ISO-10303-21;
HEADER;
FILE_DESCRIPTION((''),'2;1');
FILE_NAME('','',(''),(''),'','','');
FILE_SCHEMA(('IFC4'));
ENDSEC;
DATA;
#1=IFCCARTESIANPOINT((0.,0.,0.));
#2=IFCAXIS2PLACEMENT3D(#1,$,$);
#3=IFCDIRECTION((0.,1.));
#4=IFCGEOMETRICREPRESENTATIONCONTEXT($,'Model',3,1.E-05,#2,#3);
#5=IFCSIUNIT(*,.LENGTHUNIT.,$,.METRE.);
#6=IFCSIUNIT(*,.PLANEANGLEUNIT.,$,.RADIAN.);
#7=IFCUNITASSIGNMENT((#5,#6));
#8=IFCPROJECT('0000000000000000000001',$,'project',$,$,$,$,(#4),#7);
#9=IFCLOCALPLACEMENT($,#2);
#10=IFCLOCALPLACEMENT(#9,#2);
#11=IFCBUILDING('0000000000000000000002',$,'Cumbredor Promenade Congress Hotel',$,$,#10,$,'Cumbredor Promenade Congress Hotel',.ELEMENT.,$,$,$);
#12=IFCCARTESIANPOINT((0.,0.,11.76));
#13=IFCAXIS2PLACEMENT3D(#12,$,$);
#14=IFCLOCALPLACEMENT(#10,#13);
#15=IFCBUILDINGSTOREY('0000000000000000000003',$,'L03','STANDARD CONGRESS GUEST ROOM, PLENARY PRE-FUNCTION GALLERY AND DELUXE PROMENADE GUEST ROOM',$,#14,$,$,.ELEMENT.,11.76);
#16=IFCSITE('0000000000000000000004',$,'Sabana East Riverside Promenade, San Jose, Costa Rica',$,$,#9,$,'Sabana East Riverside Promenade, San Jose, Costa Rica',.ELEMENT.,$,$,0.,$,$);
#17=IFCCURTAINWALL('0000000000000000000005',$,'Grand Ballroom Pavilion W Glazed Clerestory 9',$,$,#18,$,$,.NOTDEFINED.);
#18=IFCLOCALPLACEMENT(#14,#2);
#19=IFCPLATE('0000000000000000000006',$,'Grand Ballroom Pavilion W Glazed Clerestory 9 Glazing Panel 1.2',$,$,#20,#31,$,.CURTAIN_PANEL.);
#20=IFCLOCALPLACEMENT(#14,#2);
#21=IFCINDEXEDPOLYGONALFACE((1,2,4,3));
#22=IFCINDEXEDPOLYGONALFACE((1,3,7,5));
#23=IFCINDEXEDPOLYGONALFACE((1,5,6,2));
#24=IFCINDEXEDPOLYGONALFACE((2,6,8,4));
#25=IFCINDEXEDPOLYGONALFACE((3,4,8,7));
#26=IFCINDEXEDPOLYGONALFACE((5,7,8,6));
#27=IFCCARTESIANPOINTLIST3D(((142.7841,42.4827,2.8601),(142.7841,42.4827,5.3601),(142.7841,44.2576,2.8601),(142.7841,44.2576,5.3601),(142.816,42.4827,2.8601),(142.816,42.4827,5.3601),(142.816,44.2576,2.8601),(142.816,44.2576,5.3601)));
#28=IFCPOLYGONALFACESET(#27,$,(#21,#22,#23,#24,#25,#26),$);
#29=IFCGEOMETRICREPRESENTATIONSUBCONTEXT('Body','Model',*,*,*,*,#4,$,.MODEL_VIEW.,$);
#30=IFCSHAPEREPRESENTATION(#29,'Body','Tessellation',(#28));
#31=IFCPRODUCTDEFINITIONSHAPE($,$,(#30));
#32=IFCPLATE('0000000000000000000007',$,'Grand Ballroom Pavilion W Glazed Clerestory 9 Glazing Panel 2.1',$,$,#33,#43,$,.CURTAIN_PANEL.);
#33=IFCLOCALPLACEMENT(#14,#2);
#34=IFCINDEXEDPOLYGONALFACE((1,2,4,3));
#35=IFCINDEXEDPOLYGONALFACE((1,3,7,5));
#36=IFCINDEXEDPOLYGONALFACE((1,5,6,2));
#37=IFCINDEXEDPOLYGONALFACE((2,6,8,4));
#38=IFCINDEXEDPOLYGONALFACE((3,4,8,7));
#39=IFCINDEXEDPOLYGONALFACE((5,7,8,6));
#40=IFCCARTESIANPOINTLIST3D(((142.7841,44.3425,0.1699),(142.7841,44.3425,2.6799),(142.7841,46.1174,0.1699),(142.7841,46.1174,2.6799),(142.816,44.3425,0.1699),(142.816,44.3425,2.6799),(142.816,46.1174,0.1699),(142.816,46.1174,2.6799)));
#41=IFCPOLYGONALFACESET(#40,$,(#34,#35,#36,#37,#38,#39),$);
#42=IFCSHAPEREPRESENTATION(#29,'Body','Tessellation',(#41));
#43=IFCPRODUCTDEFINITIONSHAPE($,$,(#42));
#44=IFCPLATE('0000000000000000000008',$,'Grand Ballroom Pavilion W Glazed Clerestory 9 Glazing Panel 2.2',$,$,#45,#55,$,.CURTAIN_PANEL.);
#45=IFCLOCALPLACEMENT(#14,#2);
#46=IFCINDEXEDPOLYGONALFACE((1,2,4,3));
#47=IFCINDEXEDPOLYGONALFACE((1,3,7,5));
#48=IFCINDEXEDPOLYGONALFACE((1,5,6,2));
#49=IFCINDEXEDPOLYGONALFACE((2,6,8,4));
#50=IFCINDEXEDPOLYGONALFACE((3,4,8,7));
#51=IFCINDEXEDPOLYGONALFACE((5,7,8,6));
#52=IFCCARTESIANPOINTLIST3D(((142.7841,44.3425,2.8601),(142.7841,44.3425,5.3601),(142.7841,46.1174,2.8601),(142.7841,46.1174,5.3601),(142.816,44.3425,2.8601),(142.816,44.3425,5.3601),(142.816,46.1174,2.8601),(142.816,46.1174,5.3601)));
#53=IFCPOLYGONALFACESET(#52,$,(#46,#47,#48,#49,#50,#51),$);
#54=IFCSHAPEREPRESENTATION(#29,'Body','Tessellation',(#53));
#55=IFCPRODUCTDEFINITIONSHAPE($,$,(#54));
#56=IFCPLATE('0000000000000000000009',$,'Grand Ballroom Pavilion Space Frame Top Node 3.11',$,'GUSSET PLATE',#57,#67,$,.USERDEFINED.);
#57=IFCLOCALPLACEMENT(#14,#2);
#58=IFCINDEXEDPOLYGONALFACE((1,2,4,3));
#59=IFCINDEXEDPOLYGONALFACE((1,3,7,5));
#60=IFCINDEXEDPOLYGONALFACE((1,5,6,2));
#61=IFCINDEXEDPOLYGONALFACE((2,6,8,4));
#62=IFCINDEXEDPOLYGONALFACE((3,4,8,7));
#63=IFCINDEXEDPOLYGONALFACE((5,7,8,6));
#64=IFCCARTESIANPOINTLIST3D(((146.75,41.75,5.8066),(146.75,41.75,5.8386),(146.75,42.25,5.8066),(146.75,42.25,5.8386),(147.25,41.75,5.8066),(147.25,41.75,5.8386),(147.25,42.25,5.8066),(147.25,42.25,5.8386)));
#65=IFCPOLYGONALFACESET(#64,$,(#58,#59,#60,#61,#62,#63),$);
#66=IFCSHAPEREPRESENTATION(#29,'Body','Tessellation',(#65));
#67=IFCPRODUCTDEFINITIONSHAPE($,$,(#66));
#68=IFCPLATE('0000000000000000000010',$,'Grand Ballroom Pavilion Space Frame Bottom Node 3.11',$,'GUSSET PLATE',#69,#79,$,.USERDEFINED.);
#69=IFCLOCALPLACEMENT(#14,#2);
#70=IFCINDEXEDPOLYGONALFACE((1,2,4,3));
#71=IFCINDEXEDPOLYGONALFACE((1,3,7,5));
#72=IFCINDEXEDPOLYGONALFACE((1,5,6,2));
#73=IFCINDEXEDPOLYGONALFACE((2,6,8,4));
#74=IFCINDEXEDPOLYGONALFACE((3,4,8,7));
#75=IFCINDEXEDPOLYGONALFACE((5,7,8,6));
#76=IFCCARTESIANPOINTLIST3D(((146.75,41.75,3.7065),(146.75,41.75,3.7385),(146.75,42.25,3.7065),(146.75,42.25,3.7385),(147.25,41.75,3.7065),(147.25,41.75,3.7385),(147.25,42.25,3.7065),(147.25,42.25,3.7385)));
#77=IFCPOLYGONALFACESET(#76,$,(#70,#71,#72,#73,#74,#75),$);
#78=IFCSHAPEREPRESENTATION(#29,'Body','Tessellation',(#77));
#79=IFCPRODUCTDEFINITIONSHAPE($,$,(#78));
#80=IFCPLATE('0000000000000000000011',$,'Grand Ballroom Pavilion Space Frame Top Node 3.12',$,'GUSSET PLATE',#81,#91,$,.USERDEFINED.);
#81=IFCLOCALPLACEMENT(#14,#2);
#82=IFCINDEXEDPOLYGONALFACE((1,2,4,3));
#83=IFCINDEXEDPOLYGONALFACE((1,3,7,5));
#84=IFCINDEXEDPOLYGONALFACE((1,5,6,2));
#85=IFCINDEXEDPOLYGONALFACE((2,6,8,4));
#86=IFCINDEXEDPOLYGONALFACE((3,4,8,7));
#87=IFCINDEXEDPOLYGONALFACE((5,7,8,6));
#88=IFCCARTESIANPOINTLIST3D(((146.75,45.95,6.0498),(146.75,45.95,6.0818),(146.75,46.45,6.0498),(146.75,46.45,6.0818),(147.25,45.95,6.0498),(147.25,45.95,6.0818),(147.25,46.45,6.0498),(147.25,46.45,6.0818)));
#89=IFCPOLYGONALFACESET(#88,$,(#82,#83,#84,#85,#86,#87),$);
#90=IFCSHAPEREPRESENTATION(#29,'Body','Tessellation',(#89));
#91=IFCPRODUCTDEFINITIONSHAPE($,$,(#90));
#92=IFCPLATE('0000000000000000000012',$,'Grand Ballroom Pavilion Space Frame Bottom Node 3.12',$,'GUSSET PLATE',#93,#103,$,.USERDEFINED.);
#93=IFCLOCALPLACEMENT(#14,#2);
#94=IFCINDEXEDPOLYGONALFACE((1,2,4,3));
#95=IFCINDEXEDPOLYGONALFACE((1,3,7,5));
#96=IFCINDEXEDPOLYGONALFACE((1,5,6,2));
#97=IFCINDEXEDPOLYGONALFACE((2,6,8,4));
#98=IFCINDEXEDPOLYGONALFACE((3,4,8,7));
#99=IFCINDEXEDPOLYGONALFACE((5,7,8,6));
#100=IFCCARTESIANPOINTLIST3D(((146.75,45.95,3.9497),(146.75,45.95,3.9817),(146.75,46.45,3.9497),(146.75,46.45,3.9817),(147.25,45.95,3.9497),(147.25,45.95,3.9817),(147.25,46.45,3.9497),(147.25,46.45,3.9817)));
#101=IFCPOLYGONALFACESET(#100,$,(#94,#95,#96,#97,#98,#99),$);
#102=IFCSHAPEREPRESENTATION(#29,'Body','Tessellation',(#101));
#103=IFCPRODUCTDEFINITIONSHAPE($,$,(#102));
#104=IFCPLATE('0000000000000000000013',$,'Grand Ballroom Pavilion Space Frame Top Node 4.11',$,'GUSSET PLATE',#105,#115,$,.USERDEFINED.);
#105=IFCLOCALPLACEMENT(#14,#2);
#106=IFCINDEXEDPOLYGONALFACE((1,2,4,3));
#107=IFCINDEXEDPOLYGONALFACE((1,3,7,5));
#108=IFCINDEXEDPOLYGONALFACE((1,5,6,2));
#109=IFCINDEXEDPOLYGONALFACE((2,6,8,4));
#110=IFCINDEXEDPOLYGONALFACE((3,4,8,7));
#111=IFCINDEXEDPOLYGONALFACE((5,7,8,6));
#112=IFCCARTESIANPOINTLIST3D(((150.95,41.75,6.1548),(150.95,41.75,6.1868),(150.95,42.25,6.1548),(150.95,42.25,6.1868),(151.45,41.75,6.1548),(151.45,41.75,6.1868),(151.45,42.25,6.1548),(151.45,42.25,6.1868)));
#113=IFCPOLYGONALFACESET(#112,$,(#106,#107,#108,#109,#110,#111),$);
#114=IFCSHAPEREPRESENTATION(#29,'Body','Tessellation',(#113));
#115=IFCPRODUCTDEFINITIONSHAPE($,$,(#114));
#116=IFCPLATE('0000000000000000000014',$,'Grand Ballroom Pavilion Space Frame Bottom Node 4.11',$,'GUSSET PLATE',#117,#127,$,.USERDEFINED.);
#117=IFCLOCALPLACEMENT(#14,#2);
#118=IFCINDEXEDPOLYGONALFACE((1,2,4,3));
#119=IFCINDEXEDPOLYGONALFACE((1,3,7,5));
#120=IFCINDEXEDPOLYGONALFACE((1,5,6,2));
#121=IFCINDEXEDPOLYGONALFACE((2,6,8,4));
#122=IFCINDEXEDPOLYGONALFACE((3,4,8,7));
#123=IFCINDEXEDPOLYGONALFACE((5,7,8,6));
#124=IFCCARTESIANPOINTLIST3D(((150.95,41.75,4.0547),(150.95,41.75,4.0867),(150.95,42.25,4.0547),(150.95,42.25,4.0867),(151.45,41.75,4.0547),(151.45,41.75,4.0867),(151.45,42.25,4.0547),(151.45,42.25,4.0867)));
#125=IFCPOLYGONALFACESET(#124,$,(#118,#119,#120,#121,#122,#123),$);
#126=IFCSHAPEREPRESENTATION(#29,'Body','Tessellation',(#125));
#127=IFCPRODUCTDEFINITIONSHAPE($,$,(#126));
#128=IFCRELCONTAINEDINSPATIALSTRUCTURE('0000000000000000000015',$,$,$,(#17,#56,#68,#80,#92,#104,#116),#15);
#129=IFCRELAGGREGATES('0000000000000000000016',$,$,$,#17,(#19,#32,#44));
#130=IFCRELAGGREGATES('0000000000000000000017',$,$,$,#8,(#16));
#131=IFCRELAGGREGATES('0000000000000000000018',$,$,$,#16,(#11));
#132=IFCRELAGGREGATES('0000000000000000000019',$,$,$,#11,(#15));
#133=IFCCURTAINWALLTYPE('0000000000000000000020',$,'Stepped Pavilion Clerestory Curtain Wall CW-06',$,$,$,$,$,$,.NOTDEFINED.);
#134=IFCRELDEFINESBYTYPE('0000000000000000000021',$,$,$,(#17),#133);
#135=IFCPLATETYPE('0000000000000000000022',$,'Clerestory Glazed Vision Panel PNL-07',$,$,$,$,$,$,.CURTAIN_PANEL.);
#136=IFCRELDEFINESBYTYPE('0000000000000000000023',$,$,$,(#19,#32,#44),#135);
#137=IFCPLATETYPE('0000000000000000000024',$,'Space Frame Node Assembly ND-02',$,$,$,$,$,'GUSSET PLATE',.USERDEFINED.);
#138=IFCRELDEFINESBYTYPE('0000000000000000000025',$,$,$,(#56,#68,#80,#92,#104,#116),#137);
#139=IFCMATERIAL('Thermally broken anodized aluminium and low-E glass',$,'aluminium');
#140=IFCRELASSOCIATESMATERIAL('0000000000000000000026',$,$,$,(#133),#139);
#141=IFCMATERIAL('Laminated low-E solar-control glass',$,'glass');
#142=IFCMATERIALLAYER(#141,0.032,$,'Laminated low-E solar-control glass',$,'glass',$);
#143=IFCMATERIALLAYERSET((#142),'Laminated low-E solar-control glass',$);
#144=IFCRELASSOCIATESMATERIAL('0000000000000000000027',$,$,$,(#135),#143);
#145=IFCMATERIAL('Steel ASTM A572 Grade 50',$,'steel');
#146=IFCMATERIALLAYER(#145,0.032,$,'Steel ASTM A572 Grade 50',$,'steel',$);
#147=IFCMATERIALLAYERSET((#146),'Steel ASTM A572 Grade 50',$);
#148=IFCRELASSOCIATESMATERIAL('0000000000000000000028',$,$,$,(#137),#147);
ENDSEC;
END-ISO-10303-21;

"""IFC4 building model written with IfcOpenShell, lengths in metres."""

from ifc_helpers import new_model, si_unit, direction, frame, origin, origin_2d, place, context, subcontext, project, spatial, rectangle, extrude, material, layer, layer_set, type_object, element, aggregate, save


model = new_model("IFC4")

# Units and contexts
model_context = context("Model", 3, precision=1e-05, world=origin(), true_north=direction((0.0, 1.0)))
body_context = subcontext(model_context, "Body", "Model", "MODEL_VIEW")
ifc_project = project(units=[si_unit("LENGTHUNIT", "METRE"), si_unit("PLANEANGLEUNIT", "RADIAN")], contexts=[model_context])

# Site, building, storey
site_placement = place(None, origin())
site = spatial("IfcSite", under=ifc_project, at=site_placement, Name="Sabana East Riverside Promenade, San Jose, Costa Rica", LongName="Sabana East Riverside Promenade, San Jose, Costa Rica", CompositionType="ELEMENT", RefElevation=0.0)
building_placement = place(site_placement, origin())
building = spatial("IfcBuilding", under=site, at=building_placement, Name="Cumbredor Promenade Congress Hotel", LongName="Cumbredor Promenade Congress Hotel", CompositionType="ELEMENT")
storey_placement = place(building_placement, frame((0.0, 0.0, 11.76)))
storey = spatial("IfcBuildingStorey", under=building, at=storey_placement, Name="L03", Description="STANDARD CONGRESS GUEST ROOM, PLENARY PRE-FUNCTION GALLERY AND DELUXE PROMENADE GUEST ROOM", CompositionType="ELEMENT", Elevation=11.76)

# Shared definitions
ifc_material_1 = material(Name="Thermally broken anodized aluminium and low-E glass", Category="aluminium")
curtain_wall_type = type_object("IfcCurtainWallType", Name="Stepped Pavilion Clerestory Curtain Wall CW-06", PredefinedType="NOTDEFINED", material=ifc_material_1)

# Curtain wall
curtain_wall_1_placement = place(storey_placement, origin())
curtain_wall_1 = element("IfcCurtainWall", 1, at=curtain_wall_1_placement, inside=storey, type_object=curtain_wall_type, Name="Grand Ballroom Pavilion W Glazed Clerestory 9", PredefinedType="NOTDEFINED")

# Plates
ifc_material_2 = material(Name="Laminated low-E solar-control glass", Category="glass")
ifc_layer_1 = layer(ifc_material_2, 0.032, Name="Laminated low-E solar-control glass", Category="glass")
ifc_layer_set_1 = layer_set([ifc_layer_1], Name="Laminated low-E solar-control glass")
plate_type_1 = type_object("IfcPlateType", Name="Clerestory Glazed Vision Panel PNL-07", PredefinedType="CURTAIN_PANEL", material=ifc_layer_set_1)
plate_1_placement = place(storey_placement, frame((142.8, 43.3701, 2.8601), z_axis=(0.0, 0.0, 1.0), x_axis=(0.0, 1.0, 0.0)))
plate_1 = element("IfcPlate", 2, at=plate_1_placement, type_object=plate_type_1, Name="Grand Ballroom Pavilion W Glazed Clerestory 9 Glazing Panel 1.2", PredefinedType="CURTAIN_PANEL", context=body_context, shape_type="SweptSolid", body=[
    extrude(rectangle(XDim=1.7749, YDim=0.032, at=origin_2d()), origin(), (0.0, 0.0, 1.0), 2.5),
])
plate_2_placement = place(storey_placement, frame((142.8, 45.23, 0.1699), z_axis=(0.0, 0.0, 1.0), x_axis=(0.0, 1.0, 0.0)))
plate_2 = element("IfcPlate", 3, at=plate_2_placement, type_object=plate_type_1, Name="Grand Ballroom Pavilion W Glazed Clerestory 9 Glazing Panel 2.1", PredefinedType="CURTAIN_PANEL", context=body_context, shape_type="SweptSolid", body=[
    extrude(rectangle(XDim=1.7749, YDim=0.032, at=origin_2d()), origin(), (0.0, 0.0, 1.0), 2.51),
])
plate_3_placement = place(storey_placement, frame((142.8, 45.23, 2.8601), z_axis=(0.0, 0.0, 1.0), x_axis=(0.0, 1.0, 0.0)))
plate_3 = element("IfcPlate", 4, at=plate_3_placement, type_object=plate_type_1, Name="Grand Ballroom Pavilion W Glazed Clerestory 9 Glazing Panel 2.2", PredefinedType="CURTAIN_PANEL", context=body_context, shape_type="SweptSolid", body=[
    extrude(rectangle(XDim=1.7749, YDim=0.032, at=origin_2d()), origin(), (0.0, 0.0, 1.0), 2.5),
])
aggregate(curtain_wall_1, [plate_1, plate_2, plate_3])

# Plates
ifc_material_3 = material(Name="Steel ASTM A572 Grade 50", Category="steel")
ifc_layer_2 = layer(ifc_material_3, 0.032, Name="Steel ASTM A572 Grade 50", Category="steel")
ifc_layer_set_2 = layer_set([ifc_layer_2], Name="Steel ASTM A572 Grade 50")
plate_type_2 = type_object("IfcPlateType", Name="Space Frame Node Assembly ND-02", ElementType="GUSSET PLATE", PredefinedType="USERDEFINED", material=ifc_layer_set_2)
for number, where, z_axis, x_axis, name in (
    (5, (147.0, 42.0, 5.8066), (0.0, 0.0, 1.0), (1.0, 0.0, 0.0), "Grand Ballroom Pavilion Space Frame Top Node 3.11"),
    (6, (147.0, 42.0, 3.7065), (0.0, 0.0, 1.0), (1.0, 0.0, 0.0), "Grand Ballroom Pavilion Space Frame Bottom Node 3.11"),
    (7, (147.0, 46.2, 6.0498), (0.0, 0.0, 1.0), (1.0, 0.0, 0.0), "Grand Ballroom Pavilion Space Frame Top Node 3.12"),
    (8, (147.0, 46.2, 3.9497), (0.0, 0.0, 1.0), (1.0, 0.0, 0.0), "Grand Ballroom Pavilion Space Frame Bottom Node 3.12"),
    (9, (151.2, 42.0, 6.1548), (0.0, 0.0, 1.0), (1.0, 0.0, 0.0), "Grand Ballroom Pavilion Space Frame Top Node 4.11"),
    (10, (151.2, 42.0, 4.0547), (0.0, 0.0, 1.0), (1.0, 0.0, 0.0), "Grand Ballroom Pavilion Space Frame Bottom Node 4.11"),
):
    element("IfcPlate", number, at=place(storey_placement, frame(where, z_axis=z_axis, x_axis=x_axis)), inside=storey, type_object=plate_type_2, Name=name, ObjectType="GUSSET PLATE", PredefinedType="USERDEFINED", context=body_context, shape_type="SweptSolid", body=[
        extrude(rectangle(XDim=0.5, YDim=0.5, at=origin_2d()), origin(), (0.0, 0.0, 1.0), 0.032),
    ])

save(model, "model.ifc")
